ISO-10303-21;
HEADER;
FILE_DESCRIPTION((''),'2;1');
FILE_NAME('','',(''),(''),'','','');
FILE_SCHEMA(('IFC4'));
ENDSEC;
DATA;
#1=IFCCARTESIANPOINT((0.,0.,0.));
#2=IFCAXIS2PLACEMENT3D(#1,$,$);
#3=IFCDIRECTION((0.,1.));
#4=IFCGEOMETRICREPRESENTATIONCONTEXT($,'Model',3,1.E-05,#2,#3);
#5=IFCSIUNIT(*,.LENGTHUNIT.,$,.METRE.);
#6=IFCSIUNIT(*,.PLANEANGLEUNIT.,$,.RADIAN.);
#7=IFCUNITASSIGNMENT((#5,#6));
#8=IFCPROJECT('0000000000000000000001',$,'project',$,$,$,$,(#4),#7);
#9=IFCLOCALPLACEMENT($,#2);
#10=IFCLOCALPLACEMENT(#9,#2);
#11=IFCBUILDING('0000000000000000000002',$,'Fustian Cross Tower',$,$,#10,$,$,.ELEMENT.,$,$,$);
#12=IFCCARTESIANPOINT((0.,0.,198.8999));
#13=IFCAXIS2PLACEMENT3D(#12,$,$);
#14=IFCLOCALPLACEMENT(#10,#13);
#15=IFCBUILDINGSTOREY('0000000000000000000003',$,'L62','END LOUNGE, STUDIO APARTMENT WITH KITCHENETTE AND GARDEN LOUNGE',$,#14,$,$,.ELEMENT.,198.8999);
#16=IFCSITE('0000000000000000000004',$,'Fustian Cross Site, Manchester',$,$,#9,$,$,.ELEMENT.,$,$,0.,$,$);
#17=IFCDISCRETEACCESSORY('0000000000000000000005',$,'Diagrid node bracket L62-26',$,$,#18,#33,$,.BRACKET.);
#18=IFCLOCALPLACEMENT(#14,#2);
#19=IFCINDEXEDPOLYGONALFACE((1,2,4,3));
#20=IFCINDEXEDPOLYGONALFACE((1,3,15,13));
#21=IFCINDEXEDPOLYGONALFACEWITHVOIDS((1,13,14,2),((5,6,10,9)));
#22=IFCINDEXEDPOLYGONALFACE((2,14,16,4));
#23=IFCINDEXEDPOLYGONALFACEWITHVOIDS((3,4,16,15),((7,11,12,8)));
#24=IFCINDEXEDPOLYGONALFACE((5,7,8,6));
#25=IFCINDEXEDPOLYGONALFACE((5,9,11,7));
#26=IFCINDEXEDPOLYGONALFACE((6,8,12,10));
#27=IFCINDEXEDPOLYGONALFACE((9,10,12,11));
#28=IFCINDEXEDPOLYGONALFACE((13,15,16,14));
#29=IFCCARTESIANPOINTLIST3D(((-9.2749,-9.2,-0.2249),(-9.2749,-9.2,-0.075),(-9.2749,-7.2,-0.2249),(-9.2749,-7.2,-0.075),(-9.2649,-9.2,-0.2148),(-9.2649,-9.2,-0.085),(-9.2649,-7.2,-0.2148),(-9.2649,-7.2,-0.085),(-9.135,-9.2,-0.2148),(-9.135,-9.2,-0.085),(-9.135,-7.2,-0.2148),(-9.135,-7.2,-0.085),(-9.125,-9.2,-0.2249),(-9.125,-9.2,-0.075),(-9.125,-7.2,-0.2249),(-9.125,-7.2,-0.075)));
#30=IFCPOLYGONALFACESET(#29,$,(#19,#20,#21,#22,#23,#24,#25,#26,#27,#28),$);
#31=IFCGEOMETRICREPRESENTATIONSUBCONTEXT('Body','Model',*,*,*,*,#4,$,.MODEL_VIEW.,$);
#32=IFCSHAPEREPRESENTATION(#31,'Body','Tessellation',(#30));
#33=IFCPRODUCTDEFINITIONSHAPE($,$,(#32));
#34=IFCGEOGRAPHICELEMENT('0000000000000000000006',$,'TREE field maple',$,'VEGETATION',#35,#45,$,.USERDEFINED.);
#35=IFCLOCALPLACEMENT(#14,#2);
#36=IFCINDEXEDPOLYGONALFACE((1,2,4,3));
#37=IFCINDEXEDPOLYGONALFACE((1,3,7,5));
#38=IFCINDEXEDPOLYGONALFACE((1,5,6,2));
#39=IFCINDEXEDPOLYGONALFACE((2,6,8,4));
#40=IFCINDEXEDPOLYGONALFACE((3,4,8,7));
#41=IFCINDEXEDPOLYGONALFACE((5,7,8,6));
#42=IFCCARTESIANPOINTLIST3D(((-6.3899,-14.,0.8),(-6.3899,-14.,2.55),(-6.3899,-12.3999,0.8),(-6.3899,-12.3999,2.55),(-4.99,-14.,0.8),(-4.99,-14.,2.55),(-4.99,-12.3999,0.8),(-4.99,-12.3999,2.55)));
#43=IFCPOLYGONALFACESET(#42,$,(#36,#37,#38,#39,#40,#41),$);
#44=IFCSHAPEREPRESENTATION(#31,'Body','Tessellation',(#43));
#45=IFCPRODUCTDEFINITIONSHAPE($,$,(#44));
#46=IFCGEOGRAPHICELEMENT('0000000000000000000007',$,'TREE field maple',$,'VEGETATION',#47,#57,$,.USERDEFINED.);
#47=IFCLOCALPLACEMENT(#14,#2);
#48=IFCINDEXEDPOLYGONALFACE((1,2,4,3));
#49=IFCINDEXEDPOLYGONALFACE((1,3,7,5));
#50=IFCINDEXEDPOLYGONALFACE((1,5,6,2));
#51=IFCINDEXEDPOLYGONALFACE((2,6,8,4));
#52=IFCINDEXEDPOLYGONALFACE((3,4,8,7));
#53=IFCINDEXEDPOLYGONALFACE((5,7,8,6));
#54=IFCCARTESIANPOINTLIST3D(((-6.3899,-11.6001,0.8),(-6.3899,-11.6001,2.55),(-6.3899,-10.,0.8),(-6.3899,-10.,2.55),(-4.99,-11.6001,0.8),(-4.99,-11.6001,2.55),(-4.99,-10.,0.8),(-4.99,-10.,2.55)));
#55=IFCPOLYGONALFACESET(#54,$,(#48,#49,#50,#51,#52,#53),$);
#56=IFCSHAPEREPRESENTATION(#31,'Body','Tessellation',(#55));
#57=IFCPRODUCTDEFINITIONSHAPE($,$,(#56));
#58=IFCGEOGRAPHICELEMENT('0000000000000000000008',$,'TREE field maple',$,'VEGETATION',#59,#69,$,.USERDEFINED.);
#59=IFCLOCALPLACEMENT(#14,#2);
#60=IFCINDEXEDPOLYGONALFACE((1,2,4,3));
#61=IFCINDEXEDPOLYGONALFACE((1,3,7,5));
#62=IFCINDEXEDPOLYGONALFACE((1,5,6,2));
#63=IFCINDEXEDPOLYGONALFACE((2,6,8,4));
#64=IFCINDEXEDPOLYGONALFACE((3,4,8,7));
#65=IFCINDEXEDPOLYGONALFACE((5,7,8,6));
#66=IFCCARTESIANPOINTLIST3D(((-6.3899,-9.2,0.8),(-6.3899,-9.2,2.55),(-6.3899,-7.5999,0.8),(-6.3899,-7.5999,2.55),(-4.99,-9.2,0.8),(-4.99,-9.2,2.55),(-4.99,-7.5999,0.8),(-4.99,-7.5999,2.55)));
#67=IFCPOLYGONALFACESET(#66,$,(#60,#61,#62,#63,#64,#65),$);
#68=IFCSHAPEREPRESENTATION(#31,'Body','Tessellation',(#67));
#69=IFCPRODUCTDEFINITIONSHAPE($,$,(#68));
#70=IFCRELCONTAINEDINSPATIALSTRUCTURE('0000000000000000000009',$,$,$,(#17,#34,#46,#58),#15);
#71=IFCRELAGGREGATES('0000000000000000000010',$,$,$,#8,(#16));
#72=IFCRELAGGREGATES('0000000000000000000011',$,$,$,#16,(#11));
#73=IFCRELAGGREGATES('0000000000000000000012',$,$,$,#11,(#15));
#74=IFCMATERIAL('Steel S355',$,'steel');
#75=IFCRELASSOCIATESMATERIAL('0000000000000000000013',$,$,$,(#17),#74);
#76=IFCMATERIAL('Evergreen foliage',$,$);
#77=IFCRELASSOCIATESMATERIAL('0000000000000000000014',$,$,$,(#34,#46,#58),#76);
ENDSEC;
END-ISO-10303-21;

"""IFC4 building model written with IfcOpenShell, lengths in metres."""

from ifc_helpers import new_model, si_unit, direction, frame, origin, origin_2d, place, context, subcontext, project, spatial, rectangle, hollow_rectangle, extrude, material, element, save


model = new_model("IFC4")

# Units and contexts
model_context = context("Model", 3, precision=1e-05, world=origin(), true_north=direction((0.0, 1.0)))
body_context = subcontext(model_context, "Body", "Model", "MODEL_VIEW")
ifc_project = project(units=[si_unit("LENGTHUNIT", "METRE"), si_unit("PLANEANGLEUNIT", "RADIAN")], contexts=[model_context])

# Site, building, storey
site_placement = place(None, origin())
site = spatial("IfcSite", under=ifc_project, at=site_placement, Name="Fustian Cross Site, Manchester", CompositionType="ELEMENT", RefElevation=0.0)
building_placement = place(site_placement, origin())
building = spatial("IfcBuilding", under=site, at=building_placement, Name="Fustian Cross Tower", CompositionType="ELEMENT")
storey_placement = place(building_placement, frame((0.0, 0.0, 198.8999)))
storey = spatial("IfcBuildingStorey", under=building, at=storey_placement, Name="L62", Description="END LOUNGE, STUDIO APARTMENT WITH KITCHENETTE AND GARDEN LOUNGE", CompositionType="ELEMENT", Elevation=198.8999)

# Discrete accessory
ifc_material_1 = material(Name="Steel S355", Category="steel")
discrete_accessory_placement = place(storey_placement, frame((-9.2, -9.2, -0.1499), z_axis=(0.0, 1.0, 0.0), x_axis=(-1.0, 0.0, 0.0)))
element("IfcDiscreteAccessory", 1, at=discrete_accessory_placement, inside=storey, material=ifc_material_1, Name="Diagrid node bracket L62-26", PredefinedType="BRACKET", context=body_context, shape_type="SweptSolid", body=[
    extrude(hollow_rectangle(XDim=0.1499, YDim=0.1499, WallThickness=0.01, at=origin_2d()), origin(), (0.0, 0.0, 1.0), 2.0),
])

# Geographic elements
ifc_material_2 = material(Name="Evergreen foliage")
for number, where, z_axis, x_axis, name in (
    (2, (-5.6899, -13.2, 0.8), (0.0, 0.0, 1.0), (1.0, 0.0, 0.0), "TREE field maple"),
    (3, (-5.6899, -10.8, 0.8), (0.0, 0.0, 1.0), (1.0, 0.0, 0.0), "TREE field maple"),
    (4, (-5.6899, -8.3999, 0.8), (0.0, 0.0, 1.0), (1.0, 0.0, 0.0), "TREE field maple"),
):
    element("IfcGeographicElement", number, at=place(storey_placement, frame(where, z_axis=z_axis, x_axis=x_axis)), inside=storey, material=ifc_material_2, Name=name, ObjectType="VEGETATION", PredefinedType="USERDEFINED", context=body_context, shape_type="SweptSolid", body=[
        extrude(rectangle(XDim=1.3999, YDim=1.6001, at=origin_2d()), origin(), (0.0, 0.0, 1.0), 1.75),
    ])

save(model, "model.ifc")
